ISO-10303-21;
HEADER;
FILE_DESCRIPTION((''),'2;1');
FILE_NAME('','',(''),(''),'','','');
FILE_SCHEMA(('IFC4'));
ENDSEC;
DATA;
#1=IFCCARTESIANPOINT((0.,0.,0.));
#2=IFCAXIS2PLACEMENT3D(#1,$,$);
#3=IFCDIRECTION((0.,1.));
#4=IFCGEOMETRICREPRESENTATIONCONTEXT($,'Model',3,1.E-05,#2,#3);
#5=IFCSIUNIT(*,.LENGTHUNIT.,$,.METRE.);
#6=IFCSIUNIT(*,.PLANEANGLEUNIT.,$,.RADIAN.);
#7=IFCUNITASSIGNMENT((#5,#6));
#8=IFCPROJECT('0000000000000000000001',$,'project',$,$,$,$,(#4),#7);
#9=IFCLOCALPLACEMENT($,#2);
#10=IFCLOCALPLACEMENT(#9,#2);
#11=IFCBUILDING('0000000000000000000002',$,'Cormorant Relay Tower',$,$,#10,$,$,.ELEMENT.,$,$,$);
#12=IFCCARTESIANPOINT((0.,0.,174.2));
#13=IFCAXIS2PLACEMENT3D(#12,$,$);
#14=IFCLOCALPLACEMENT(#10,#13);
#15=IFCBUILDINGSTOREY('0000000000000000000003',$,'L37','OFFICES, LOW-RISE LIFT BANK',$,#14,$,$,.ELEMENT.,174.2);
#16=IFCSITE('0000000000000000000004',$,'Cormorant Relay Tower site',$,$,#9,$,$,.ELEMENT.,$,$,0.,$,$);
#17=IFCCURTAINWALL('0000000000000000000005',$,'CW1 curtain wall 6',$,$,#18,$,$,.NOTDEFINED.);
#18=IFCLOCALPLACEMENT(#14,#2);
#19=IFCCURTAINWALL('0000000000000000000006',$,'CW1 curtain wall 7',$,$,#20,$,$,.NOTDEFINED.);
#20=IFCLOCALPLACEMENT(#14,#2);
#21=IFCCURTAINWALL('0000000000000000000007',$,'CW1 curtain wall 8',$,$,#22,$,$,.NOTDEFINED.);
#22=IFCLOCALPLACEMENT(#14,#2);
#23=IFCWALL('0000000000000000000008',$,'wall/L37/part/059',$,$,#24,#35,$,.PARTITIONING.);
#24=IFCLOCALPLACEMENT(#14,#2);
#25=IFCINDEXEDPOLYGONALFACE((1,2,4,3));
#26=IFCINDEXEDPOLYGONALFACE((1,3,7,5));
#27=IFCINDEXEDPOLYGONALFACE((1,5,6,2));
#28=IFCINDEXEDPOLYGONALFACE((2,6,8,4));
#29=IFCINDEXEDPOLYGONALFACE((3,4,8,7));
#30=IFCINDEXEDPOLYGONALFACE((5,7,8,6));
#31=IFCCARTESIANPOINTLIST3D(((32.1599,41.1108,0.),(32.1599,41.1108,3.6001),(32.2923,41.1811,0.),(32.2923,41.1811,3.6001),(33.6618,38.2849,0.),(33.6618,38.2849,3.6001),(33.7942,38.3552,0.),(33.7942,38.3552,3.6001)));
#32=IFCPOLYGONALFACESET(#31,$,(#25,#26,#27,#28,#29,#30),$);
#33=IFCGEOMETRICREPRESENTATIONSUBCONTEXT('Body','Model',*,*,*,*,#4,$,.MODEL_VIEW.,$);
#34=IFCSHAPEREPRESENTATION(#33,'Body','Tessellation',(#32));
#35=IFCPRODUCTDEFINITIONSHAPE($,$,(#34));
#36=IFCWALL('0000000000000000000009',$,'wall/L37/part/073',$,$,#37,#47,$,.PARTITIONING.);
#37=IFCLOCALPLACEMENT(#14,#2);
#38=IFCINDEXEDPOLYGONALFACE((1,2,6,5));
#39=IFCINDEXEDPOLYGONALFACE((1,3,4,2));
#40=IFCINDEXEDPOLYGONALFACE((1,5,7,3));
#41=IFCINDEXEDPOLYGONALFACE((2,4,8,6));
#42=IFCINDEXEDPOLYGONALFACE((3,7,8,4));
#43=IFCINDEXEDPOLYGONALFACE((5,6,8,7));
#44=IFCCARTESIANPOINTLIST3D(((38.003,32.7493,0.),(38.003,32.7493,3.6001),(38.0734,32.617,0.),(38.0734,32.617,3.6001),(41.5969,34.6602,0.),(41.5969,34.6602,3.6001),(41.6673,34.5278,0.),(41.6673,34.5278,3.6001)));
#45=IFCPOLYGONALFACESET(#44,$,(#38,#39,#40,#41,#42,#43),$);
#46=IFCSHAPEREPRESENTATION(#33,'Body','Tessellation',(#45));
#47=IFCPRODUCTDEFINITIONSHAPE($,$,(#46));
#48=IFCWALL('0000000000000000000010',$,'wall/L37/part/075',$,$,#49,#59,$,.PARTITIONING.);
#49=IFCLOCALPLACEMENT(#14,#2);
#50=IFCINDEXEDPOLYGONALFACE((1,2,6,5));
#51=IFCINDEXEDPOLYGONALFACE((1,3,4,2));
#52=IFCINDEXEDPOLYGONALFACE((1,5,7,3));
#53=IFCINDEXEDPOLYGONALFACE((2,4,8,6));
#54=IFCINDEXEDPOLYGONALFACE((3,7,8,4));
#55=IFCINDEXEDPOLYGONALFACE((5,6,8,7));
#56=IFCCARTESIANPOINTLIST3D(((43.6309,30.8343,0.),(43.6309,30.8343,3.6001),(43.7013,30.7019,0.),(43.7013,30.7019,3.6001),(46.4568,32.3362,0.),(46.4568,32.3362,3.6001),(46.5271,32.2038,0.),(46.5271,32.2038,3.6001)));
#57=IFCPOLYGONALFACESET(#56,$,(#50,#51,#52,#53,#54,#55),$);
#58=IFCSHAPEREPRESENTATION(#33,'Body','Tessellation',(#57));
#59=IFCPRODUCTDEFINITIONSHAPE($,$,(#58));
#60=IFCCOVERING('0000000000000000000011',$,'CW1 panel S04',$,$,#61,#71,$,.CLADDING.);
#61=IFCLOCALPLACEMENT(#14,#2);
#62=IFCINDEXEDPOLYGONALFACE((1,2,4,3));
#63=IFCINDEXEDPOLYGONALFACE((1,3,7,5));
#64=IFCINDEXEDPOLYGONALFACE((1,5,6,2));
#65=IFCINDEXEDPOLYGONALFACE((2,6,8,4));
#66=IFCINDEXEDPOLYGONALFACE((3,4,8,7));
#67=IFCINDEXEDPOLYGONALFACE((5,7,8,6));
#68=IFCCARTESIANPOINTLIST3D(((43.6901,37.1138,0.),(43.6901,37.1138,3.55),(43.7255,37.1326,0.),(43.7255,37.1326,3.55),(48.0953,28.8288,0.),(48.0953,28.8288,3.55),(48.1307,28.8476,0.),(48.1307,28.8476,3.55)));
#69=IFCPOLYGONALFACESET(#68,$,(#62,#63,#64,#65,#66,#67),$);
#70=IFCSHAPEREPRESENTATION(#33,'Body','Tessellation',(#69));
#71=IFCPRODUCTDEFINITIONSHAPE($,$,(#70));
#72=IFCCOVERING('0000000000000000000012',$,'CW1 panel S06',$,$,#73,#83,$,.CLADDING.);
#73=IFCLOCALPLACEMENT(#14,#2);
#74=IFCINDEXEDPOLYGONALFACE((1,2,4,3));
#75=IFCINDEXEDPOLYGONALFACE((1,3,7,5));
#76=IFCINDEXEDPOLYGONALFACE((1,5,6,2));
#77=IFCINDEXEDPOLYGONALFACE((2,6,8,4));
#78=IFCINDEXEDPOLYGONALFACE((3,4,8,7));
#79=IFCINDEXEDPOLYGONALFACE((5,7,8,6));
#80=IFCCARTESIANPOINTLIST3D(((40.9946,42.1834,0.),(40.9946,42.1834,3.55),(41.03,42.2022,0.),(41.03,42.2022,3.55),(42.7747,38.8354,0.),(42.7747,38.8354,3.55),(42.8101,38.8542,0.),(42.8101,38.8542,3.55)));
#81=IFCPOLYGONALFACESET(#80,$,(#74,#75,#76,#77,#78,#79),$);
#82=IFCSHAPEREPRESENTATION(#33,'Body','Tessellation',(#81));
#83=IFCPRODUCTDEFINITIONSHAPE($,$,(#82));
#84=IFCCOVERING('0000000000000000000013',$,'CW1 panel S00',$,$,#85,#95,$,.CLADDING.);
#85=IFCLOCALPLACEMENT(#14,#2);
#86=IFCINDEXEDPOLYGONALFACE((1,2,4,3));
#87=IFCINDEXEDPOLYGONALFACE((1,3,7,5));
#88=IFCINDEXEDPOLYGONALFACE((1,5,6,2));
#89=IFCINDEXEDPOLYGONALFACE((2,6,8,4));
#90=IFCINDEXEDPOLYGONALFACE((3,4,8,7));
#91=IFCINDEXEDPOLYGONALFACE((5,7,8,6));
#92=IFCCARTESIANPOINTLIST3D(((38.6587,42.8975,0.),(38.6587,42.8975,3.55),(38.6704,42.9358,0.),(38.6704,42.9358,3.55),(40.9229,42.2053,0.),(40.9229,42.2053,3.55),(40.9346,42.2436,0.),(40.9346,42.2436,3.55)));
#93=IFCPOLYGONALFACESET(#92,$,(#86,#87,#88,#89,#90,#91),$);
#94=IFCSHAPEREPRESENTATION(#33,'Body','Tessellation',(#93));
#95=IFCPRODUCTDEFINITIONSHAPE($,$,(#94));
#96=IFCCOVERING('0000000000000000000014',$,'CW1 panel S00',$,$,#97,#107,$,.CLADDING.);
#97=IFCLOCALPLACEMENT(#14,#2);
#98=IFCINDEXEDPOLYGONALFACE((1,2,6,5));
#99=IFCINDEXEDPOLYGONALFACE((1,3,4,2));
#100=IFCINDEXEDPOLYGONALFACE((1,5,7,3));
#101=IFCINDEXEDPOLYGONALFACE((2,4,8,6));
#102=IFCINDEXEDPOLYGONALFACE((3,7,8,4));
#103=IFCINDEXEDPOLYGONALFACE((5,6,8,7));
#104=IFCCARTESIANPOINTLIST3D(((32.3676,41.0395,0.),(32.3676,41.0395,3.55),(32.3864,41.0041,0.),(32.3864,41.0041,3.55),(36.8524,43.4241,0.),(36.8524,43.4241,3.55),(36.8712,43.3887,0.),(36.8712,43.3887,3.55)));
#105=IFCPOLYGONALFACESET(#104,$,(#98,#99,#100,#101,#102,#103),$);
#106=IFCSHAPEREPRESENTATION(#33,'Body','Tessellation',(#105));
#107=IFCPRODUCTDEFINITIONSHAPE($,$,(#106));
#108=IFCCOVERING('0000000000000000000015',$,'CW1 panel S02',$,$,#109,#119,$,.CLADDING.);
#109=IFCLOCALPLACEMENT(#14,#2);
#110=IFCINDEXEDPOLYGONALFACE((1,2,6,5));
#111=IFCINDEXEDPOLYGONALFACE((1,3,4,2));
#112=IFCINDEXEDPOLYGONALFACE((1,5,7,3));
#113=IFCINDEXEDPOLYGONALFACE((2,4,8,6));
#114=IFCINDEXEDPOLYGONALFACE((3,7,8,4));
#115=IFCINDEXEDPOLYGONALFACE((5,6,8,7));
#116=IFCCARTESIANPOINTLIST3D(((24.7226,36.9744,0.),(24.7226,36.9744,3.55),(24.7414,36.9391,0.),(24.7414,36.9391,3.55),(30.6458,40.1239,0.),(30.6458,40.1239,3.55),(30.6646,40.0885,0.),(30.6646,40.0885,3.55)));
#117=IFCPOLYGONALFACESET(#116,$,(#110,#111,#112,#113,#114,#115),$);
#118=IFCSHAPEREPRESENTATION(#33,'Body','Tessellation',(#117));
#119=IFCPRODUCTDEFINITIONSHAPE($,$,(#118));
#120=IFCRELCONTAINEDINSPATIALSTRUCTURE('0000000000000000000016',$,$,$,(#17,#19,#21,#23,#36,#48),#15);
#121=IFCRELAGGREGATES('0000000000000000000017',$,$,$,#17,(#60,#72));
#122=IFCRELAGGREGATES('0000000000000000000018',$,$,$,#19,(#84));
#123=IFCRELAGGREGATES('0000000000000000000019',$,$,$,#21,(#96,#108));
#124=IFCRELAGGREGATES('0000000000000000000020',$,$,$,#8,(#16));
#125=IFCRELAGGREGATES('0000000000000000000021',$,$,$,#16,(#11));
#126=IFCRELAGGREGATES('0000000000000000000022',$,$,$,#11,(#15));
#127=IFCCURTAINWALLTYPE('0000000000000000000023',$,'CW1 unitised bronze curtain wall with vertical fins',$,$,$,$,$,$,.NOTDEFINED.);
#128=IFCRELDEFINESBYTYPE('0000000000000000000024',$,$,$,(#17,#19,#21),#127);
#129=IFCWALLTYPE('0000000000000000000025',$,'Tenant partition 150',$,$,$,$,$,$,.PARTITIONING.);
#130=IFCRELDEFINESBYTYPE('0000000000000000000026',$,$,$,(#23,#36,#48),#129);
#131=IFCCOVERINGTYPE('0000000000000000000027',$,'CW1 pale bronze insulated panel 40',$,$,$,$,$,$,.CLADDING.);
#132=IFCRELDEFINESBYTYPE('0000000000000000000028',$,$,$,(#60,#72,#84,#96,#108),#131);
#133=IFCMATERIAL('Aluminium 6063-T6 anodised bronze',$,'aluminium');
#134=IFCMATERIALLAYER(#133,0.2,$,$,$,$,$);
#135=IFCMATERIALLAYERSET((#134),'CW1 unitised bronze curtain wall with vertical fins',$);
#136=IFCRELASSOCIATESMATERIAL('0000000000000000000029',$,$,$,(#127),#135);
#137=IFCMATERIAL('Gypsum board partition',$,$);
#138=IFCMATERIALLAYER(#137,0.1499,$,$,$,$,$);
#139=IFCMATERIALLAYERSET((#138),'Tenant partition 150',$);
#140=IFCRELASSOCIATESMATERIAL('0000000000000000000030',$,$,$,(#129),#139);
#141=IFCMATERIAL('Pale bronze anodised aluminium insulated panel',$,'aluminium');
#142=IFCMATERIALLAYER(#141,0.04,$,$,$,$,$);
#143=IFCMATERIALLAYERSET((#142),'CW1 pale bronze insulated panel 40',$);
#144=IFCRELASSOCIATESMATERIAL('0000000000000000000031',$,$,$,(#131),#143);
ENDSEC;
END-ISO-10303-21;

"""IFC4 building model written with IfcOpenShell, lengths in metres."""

from ifc_helpers import new_model, si_unit, direction, frame, frame_2d, origin, origin_2d, place, context, subcontext, project, spatial, rectangle, extrude, material, layer, layer_set, type_object, element, aggregate, save


model = new_model("IFC4")

# Units and contexts
model_context = context("Model", 3, precision=1e-05, world=origin(), true_north=direction((0.0, 1.0)))
body_context = subcontext(model_context, "Body", "Model", "MODEL_VIEW")
ifc_project = project(units=[si_unit("LENGTHUNIT", "METRE"), si_unit("PLANEANGLEUNIT", "RADIAN")], contexts=[model_context])

# Site, building, storey
site_placement = place(None, origin())
site = spatial("IfcSite", under=ifc_project, at=site_placement, Name="Cormorant Relay Tower site", CompositionType="ELEMENT", RefElevation=0.0)
building_placement = place(site_placement, origin())
building = spatial("IfcBuilding", under=site, at=building_placement, Name="Cormorant Relay Tower", CompositionType="ELEMENT")
storey_placement = place(building_placement, frame((0.0, 0.0, 174.2)))
storey = spatial("IfcBuildingStorey", under=building, at=storey_placement, Name="L37", Description="OFFICES, LOW-RISE LIFT BANK", CompositionType="ELEMENT", Elevation=174.2)

# Curtain wall
ifc_material_1 = material(Name="Aluminium 6063-T6 anodised bronze", Category="aluminium")
ifc_layer_1 = layer(ifc_material_1, 0.2)
ifc_layer_set_1 = layer_set([ifc_layer_1], Name="CW1 unitised bronze curtain wall with vertical fins")
curtain_wall_type = type_object("IfcCurtainWallType", Name="CW1 unitised bronze curtain wall with vertical fins", PredefinedType="NOTDEFINED", material=ifc_layer_set_1)
curtain_wall_1_placement = place(storey_placement, origin())
curtain_wall_1 = element("IfcCurtainWall", 1, at=curtain_wall_1_placement, inside=storey, type_object=curtain_wall_type, Name="CW1 curtain wall 6", PredefinedType="NOTDEFINED")

# Curtain wall
curtain_wall_2_placement = place(storey_placement, origin())
curtain_wall_2 = element("IfcCurtainWall", 2, at=curtain_wall_2_placement, inside=storey, type_object=curtain_wall_type, Name="CW1 curtain wall 7", PredefinedType="NOTDEFINED")

# Curtain wall
curtain_wall_3_placement = place(storey_placement, origin())
curtain_wall_3 = element("IfcCurtainWall", 3, at=curtain_wall_3_placement, inside=storey, type_object=curtain_wall_type, Name="CW1 curtain wall 8", PredefinedType="NOTDEFINED")

# Walls
ifc_material_2 = material(Name="Gypsum board partition")
ifc_layer_2 = layer(ifc_material_2, 0.1499)
ifc_layer_set_2 = layer_set([ifc_layer_2], Name="Tenant partition 150")
wall_type_1 = type_object("IfcWallType", Name="Tenant partition 150", PredefinedType="PARTITIONING", material=ifc_layer_set_2)
wall_1_placement = place(storey_placement, frame((33.728, 38.3201, 0.0), z_axis=(0.0, 0.0, 1.0), x_axis=(-0.469321, 0.883028, 0.0)))
element("IfcWall", 4, at=wall_1_placement, inside=storey, type_object=wall_type_1, Name="wall/L37/part/059", PredefinedType="PARTITIONING", context=body_context, shape_type="SweptSolid", body=[
    extrude(rectangle(XDim=3.2002, YDim=0.1499, at=frame_2d((1.6001, 0.0))), origin(), (0.0, 0.0, 1.0), 3.6001),
])
wall_2_placement = place(storey_placement, frame((41.6321, 34.594, 0.0), z_axis=(0.0, 0.0, 1.0), x_axis=(-0.882955, -0.469458, 0.0)))
element("IfcWall", 5, at=wall_2_placement, inside=storey, type_object=wall_type_1, Name="wall/L37/part/073", PredefinedType="PARTITIONING", context=body_context, shape_type="SweptSolid", body=[
    extrude(rectangle(XDim=4.0703, YDim=0.1499, at=frame_2d((2.0352, 0.0))), origin(), (0.0, 0.0, 1.0), 3.6001),
])
wall_3_placement = place(storey_placement, frame((46.4919, 32.27, 0.0), z_axis=(0.0, 0.0, 1.0), x_axis=(-0.883028, -0.469321, 0.0)))
element("IfcWall", 6, at=wall_3_placement, inside=storey, type_object=wall_type_1, Name="wall/L37/part/075", PredefinedType="PARTITIONING", context=body_context, shape_type="SweptSolid", body=[
    extrude(rectangle(XDim=3.2002, YDim=0.1499, at=frame_2d((1.6001, 0.0))), origin(), (0.0, 0.0, 1.0), 3.6001),
])

# Coverings
ifc_material_3 = material(Name="Pale bronze anodised aluminium insulated panel", Category="aluminium")
ifc_layer_3 = layer(ifc_material_3, 0.04)
ifc_layer_set_3 = layer_set([ifc_layer_3], Name="CW1 pale bronze insulated panel 40")
covering_type = type_object("IfcCoveringType", Name="CW1 pale bronze insulated panel 40", PredefinedType="CLADDING", material=ifc_layer_set_3)
covering_1_placement = place(storey_placement, frame((45.9104, 32.9807, 0.0), z_axis=(0.0, 0.0, 1.0), x_axis=(-0.469472, 0.882948, 0.0)))
covering_1 = element("IfcCovering", 7, at=covering_1_placement, type_object=covering_type, Name="CW1 panel S04", PredefinedType="CLADDING", context=body_context, shape_type="SweptSolid", body=[
    extrude(rectangle(XDim=9.3833, YDim=0.04, at=origin_2d()), origin(), (0.0, 0.0, 1.0), 3.55),
])
covering_2_placement = place(storey_placement, frame((41.9023, 40.5188, 0.0), z_axis=(0.0, 0.0, 1.0), x_axis=(-0.469472, 0.882948, 0.0)))
covering_2 = element("IfcCovering", 8, at=covering_2_placement, type_object=covering_type, Name="CW1 panel S06", PredefinedType="CLADDING", context=body_context, shape_type="SweptSolid", body=[
    extrude(rectangle(XDim=3.7917, YDim=0.04, at=origin_2d()), origin(), (0.0, 0.0, 1.0), 3.55),
])
aggregate(curtain_wall_1, [covering_1, covering_2])
covering_3_placement = place(storey_placement, frame((39.7966, 42.5706, 0.0), z_axis=(0.0, 0.0, 1.0), x_axis=(-0.956305, 0.292372, 0.0)))
covering_3 = element("IfcCovering", 9, at=covering_3_placement, type_object=covering_type, Name="CW1 panel S00", PredefinedType="CLADDING", context=body_context, shape_type="SweptSolid", body=[
    extrude(rectangle(XDim=2.3677, YDim=0.04, at=origin_2d()), origin(), (0.0, 0.0, 1.0), 3.55),
])
aggregate(curtain_wall_2, [covering_3])
covering_4_placement = place(storey_placement, frame((34.6194, 42.2141, 0.0), z_axis=(0.0, 0.0, 1.0), x_axis=(-0.882948, -0.469472, 0.0)))
covering_4 = element("IfcCovering", 10, at=covering_4_placement, type_object=covering_type, Name="CW1 panel S00", PredefinedType="CLADDING", context=body_context, shape_type="SweptSolid", body=[
    extrude(rectangle(XDim=5.0793, YDim=0.04, at=origin_2d()), origin(), (0.0, 0.0, 1.0), 3.55),
])
covering_5_placement = place(storey_placement, frame((27.6936, 38.5315, 0.0), z_axis=(0.0, 0.0, 1.0), x_axis=(-0.882948, -0.469472, 0.0)))
covering_5 = element("IfcCovering", 11, at=covering_5_placement, type_object=covering_type, Name="CW1 panel S02", PredefinedType="CLADDING", context=body_context, shape_type="SweptSolid", body=[
    extrude(rectangle(XDim=6.7085, YDim=0.04, at=origin_2d()), origin(), (0.0, 0.0, 1.0), 3.55),
])
aggregate(curtain_wall_3, [covering_4, covering_5])

save(model, "model.ifc")
